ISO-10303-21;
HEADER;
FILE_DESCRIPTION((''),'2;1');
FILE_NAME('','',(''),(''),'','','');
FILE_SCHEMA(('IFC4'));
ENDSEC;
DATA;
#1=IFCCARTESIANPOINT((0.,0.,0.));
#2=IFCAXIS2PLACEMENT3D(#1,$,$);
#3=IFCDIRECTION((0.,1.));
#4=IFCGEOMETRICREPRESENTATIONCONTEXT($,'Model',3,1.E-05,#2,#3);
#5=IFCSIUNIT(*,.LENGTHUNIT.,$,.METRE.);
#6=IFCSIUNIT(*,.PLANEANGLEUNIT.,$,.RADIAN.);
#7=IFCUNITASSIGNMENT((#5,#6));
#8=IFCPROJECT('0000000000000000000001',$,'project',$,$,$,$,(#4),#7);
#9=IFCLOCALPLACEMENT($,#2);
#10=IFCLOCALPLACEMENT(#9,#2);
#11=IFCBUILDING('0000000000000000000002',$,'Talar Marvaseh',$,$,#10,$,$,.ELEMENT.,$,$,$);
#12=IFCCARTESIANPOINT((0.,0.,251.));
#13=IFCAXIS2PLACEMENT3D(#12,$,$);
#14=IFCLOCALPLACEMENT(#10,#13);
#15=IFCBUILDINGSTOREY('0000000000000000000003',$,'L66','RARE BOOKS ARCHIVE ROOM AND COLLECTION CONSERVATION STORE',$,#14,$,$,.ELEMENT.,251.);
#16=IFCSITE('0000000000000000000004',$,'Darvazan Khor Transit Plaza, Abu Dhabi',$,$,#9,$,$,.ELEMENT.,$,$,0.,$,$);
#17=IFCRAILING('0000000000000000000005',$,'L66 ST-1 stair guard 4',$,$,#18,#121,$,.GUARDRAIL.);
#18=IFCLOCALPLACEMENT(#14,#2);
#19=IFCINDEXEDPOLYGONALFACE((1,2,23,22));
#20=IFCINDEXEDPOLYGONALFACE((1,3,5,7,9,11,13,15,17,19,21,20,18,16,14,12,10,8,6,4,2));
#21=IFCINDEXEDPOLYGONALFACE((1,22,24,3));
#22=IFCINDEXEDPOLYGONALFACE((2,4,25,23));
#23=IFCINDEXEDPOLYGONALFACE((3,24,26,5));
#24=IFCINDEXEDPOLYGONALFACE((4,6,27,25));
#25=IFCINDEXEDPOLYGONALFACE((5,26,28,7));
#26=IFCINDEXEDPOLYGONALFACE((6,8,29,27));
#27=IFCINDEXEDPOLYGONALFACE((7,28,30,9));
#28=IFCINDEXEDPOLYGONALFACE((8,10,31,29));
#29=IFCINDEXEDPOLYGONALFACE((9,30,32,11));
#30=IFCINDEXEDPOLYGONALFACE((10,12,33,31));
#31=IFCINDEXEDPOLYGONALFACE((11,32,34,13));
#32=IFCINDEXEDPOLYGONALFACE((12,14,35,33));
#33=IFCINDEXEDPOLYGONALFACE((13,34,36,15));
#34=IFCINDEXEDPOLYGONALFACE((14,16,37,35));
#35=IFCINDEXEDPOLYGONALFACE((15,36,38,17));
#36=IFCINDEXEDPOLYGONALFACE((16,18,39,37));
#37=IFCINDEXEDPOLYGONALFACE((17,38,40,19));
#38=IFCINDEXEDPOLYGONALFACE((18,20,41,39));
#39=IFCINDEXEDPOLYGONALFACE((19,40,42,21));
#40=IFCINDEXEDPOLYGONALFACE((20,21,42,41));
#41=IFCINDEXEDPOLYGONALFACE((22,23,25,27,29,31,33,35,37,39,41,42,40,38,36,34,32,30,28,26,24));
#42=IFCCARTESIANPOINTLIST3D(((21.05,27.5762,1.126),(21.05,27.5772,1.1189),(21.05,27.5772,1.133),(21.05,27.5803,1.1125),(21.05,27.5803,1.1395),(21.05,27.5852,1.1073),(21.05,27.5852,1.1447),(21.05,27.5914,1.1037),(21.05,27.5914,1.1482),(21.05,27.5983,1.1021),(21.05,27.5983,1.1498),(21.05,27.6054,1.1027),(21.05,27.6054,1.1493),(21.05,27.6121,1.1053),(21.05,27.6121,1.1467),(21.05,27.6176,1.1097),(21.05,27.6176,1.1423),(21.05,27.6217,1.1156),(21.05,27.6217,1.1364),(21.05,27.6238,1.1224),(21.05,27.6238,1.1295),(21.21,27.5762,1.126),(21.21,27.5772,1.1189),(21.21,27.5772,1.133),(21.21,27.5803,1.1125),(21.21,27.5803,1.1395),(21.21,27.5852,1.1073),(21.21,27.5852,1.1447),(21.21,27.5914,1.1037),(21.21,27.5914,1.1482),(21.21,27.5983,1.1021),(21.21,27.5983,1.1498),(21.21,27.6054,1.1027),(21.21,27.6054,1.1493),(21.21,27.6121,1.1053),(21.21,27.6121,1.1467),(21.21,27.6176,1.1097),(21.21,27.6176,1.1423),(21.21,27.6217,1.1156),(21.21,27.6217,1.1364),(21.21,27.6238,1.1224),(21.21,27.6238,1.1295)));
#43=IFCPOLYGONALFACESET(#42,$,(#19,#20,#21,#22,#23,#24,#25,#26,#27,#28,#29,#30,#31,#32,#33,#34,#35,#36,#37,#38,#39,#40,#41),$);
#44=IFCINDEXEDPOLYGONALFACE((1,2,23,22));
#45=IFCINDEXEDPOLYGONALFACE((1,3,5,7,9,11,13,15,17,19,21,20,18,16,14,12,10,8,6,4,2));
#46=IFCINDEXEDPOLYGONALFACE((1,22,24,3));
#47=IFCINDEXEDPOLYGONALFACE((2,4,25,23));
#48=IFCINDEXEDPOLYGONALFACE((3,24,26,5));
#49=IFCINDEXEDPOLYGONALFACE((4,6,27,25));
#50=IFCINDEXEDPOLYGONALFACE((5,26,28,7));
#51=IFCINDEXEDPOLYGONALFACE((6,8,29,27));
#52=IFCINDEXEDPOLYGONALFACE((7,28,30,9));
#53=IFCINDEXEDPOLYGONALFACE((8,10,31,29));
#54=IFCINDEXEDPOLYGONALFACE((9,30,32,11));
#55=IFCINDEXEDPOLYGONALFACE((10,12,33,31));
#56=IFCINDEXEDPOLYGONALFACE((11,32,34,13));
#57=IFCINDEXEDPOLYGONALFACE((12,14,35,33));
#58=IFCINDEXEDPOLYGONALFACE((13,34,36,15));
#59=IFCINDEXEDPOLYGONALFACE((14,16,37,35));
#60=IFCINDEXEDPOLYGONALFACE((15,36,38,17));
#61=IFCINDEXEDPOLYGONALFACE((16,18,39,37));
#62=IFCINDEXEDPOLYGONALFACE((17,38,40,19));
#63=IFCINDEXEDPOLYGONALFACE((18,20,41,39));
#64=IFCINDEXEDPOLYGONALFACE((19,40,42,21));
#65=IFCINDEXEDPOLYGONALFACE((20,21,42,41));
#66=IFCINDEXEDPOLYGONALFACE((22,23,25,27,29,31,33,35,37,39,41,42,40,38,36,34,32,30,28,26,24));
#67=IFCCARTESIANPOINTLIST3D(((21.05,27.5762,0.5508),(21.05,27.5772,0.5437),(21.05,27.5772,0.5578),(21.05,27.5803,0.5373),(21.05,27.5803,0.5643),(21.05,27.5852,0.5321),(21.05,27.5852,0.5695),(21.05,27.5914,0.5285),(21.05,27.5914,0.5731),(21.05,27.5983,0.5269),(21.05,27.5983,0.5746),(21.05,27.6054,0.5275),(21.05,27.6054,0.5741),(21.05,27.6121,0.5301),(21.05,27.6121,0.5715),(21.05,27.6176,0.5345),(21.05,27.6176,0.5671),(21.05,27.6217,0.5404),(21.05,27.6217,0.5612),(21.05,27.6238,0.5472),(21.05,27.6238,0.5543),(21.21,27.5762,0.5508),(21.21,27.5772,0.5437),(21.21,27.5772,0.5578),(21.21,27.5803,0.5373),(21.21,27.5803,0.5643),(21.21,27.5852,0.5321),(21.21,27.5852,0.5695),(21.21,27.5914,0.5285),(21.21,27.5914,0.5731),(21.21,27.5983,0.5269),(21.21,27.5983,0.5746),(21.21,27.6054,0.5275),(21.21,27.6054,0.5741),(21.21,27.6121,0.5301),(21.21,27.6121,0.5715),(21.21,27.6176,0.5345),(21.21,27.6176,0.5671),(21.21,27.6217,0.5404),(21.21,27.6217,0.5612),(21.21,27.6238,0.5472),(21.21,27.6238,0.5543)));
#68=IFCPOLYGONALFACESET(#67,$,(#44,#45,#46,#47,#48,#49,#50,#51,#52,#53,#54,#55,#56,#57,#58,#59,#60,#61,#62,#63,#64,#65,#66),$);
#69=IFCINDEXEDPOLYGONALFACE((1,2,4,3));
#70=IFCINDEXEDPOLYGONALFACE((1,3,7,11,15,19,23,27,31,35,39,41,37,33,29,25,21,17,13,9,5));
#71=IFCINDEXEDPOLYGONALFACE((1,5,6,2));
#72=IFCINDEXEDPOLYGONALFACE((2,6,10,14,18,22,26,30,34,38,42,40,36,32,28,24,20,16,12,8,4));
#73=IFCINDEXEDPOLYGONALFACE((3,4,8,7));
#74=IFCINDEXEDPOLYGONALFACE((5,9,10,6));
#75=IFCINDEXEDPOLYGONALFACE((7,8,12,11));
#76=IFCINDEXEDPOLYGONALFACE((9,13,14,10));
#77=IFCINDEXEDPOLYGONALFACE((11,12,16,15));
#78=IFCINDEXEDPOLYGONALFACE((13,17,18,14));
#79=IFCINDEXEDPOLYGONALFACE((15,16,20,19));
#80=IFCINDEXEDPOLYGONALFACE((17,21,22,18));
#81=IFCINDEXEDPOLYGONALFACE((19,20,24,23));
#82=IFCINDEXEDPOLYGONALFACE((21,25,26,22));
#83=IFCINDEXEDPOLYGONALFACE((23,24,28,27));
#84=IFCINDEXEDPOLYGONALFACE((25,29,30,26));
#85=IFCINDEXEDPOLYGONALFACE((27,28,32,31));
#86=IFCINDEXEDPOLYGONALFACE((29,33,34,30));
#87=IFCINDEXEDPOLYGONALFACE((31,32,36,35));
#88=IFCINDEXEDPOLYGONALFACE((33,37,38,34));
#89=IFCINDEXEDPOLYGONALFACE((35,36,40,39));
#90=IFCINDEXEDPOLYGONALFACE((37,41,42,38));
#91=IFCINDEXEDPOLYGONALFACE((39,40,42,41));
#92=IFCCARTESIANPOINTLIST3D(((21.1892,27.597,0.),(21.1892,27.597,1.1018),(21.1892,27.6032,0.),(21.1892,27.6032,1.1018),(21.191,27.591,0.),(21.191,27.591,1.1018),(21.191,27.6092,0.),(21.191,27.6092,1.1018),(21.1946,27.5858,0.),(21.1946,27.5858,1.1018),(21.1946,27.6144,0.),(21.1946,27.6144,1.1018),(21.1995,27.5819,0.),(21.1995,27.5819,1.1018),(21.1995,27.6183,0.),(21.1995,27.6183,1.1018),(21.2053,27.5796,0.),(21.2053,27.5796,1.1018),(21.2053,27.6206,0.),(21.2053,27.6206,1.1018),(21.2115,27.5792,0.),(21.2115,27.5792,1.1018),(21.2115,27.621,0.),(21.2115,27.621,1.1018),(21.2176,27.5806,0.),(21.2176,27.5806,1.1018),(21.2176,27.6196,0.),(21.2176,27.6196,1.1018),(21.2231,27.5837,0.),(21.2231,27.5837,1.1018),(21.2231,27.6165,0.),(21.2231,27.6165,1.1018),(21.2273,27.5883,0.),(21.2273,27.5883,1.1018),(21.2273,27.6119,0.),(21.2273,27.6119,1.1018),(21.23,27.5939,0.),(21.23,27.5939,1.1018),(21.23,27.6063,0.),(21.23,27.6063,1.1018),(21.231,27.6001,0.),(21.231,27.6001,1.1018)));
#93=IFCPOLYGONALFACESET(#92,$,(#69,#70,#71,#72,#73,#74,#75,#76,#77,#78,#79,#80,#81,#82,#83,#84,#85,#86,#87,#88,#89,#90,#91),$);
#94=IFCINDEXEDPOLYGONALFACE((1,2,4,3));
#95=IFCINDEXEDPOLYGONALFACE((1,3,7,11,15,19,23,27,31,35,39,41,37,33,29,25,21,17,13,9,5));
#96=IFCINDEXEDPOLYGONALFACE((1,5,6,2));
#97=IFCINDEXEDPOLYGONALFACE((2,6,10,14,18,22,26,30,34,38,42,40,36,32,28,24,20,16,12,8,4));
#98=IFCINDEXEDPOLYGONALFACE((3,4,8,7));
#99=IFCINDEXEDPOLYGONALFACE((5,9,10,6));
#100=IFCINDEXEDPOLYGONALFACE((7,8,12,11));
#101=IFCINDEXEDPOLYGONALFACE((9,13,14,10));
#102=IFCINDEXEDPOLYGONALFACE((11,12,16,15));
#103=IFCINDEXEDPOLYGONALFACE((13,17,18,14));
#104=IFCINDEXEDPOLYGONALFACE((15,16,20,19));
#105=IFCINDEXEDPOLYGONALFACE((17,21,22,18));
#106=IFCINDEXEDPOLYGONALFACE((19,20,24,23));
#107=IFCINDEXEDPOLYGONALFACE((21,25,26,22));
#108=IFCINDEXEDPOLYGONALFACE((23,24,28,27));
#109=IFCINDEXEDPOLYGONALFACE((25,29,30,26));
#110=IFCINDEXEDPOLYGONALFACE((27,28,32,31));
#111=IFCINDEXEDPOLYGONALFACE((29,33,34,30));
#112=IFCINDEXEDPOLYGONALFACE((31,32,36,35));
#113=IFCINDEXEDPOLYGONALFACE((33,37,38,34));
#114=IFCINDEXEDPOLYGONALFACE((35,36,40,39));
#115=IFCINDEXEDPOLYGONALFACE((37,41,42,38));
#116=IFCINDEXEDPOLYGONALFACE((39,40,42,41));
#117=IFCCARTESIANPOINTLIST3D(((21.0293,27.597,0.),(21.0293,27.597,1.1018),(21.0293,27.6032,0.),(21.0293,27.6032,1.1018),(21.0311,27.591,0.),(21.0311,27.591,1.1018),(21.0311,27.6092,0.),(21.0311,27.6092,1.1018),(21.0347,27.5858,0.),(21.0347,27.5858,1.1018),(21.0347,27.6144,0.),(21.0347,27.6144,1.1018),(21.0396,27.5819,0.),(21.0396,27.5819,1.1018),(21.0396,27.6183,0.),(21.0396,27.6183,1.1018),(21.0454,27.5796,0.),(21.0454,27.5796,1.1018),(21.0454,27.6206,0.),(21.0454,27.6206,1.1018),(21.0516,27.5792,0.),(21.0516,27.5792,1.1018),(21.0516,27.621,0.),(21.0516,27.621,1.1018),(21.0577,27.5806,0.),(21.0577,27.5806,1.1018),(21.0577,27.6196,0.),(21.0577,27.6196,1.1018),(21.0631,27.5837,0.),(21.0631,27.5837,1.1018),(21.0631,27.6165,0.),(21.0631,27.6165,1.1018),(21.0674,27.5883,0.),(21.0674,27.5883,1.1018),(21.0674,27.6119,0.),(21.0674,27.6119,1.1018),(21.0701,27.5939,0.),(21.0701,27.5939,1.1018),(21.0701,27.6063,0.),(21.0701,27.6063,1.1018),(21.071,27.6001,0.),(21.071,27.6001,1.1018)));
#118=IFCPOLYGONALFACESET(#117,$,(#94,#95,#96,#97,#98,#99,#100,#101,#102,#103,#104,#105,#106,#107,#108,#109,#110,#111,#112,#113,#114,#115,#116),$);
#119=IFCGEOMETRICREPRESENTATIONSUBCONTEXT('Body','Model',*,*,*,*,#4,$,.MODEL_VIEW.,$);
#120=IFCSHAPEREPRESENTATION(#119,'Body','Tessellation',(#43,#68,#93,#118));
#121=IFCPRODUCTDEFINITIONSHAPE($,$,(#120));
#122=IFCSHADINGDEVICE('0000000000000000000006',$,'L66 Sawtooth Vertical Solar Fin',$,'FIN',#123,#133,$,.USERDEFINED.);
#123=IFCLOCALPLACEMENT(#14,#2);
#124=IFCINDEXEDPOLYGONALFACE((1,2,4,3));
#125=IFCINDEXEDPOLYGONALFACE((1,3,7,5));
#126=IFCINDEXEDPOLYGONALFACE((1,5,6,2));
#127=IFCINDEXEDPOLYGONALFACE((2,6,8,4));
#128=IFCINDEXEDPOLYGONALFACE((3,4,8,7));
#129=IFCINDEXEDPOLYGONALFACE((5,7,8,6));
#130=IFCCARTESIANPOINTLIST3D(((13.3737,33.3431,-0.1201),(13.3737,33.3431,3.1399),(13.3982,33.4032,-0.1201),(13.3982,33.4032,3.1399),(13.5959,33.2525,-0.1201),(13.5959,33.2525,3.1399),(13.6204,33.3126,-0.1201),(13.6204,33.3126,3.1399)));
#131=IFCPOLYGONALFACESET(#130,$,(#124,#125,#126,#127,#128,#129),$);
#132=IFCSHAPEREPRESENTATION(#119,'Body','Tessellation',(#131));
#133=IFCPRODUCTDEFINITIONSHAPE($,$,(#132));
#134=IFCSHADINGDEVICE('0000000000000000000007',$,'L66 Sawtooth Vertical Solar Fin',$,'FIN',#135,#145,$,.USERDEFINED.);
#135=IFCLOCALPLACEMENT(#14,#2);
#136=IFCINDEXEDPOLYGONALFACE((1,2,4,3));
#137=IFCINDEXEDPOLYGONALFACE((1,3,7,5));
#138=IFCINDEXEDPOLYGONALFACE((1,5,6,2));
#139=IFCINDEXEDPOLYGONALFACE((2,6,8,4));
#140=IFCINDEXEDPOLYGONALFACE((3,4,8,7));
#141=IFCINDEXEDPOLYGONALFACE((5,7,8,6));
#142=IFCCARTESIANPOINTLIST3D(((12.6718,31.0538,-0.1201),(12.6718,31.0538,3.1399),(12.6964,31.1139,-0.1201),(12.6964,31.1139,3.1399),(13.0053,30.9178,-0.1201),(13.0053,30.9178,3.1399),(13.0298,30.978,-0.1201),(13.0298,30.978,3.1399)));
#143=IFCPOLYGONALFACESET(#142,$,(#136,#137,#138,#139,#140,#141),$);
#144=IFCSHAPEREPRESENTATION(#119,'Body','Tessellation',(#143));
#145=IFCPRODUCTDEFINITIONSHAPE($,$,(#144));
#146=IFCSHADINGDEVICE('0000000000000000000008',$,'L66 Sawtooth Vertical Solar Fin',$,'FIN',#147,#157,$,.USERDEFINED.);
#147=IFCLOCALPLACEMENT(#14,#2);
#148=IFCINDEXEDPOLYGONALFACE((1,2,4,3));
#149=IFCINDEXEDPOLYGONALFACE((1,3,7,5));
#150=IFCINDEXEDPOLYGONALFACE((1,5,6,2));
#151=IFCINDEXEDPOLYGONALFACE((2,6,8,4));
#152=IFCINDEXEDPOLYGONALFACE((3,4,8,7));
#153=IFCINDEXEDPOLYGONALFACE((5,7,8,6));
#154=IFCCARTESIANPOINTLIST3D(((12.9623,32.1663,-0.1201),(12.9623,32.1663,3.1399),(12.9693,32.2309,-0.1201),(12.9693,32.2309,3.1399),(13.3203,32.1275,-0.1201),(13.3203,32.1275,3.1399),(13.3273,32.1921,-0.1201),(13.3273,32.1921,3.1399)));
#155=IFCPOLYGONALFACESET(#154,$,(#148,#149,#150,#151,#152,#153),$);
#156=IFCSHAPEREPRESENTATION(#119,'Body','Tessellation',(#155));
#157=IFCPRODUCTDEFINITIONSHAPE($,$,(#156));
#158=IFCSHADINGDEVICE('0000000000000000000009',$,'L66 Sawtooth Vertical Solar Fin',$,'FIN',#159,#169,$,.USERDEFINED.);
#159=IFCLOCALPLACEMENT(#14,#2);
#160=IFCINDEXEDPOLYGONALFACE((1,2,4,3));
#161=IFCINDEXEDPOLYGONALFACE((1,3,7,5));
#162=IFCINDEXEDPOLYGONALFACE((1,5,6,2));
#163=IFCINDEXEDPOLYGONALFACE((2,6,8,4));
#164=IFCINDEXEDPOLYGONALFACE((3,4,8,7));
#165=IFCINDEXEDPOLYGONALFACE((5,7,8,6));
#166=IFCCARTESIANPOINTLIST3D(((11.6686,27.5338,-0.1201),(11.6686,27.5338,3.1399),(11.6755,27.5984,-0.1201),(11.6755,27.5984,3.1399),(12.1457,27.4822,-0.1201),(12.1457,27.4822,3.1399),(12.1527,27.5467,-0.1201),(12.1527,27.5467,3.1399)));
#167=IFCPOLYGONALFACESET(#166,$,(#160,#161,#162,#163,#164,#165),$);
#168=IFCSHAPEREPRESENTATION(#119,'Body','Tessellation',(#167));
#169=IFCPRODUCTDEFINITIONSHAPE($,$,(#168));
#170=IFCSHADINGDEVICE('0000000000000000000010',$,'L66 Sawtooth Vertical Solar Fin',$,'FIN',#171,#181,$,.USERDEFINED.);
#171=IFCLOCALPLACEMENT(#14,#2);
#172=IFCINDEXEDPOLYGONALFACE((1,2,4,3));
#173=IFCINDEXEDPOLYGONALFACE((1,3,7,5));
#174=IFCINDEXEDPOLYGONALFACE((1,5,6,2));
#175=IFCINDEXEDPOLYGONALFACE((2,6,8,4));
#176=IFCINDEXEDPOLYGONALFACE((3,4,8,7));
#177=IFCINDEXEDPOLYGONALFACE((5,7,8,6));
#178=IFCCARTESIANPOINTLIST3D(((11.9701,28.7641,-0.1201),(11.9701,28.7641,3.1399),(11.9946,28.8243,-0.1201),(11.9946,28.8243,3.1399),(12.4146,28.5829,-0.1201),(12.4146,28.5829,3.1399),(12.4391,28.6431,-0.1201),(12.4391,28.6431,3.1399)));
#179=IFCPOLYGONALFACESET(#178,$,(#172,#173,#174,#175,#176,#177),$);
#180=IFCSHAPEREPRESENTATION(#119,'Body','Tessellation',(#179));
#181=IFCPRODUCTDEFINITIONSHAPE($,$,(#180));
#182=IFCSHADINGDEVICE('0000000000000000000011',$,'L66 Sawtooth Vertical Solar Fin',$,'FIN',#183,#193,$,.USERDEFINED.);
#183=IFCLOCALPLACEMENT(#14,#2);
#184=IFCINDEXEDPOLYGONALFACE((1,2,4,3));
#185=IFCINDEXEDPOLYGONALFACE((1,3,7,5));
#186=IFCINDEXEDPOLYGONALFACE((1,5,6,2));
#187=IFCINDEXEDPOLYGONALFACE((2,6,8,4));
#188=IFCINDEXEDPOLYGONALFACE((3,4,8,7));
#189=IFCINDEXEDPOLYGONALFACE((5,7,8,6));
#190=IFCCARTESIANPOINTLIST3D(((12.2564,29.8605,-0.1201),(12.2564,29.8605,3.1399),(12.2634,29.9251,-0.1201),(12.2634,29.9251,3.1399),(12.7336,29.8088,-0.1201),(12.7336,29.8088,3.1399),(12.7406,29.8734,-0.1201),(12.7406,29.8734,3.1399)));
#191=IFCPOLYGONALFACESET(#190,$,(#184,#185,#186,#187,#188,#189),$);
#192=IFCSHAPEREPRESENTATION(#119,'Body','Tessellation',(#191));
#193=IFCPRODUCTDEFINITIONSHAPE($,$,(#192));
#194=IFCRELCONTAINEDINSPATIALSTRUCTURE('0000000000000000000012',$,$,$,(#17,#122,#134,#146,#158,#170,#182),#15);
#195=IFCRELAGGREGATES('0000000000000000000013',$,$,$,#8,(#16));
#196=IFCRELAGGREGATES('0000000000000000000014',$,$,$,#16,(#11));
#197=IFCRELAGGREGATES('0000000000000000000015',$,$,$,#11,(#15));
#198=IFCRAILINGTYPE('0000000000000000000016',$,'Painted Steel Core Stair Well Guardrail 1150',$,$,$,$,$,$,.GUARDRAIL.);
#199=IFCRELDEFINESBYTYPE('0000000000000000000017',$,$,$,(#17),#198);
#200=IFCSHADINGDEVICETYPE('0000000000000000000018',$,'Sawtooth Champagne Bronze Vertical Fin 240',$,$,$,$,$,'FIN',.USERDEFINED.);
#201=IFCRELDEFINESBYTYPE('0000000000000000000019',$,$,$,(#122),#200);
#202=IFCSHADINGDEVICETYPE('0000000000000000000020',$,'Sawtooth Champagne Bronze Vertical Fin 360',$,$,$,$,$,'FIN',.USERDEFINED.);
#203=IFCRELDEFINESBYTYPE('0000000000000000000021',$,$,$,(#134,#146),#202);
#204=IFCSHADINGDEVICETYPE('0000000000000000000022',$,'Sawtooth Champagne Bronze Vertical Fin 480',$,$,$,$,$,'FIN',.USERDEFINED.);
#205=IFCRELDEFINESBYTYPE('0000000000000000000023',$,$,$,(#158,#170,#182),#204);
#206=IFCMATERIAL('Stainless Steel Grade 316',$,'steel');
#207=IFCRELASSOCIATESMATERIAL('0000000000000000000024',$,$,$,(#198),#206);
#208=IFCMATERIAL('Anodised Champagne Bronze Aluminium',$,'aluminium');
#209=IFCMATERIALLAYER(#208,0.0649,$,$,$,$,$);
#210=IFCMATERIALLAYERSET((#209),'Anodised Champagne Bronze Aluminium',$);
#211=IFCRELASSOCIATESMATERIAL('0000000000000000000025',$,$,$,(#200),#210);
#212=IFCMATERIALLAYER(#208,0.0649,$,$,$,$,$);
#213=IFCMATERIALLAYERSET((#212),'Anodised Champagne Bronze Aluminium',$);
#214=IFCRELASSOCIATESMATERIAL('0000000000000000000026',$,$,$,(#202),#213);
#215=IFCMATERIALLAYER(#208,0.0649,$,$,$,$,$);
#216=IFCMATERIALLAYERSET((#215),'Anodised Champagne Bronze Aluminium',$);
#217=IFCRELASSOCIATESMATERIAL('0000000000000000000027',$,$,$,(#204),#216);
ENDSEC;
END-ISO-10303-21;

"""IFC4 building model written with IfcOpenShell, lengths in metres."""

from ifc_helpers import new_model, si_unit, direction, frame, origin, origin_2d, place, context, subcontext, project, spatial, rectangle, circle, extrude, source, transform, mapped, material, layer, layer_set, type_object, type_shapes, element, save


model = new_model("IFC4")

# Units and contexts
model_context = context("Model", 3, precision=1e-05, world=origin(), true_north=direction((0.0, 1.0)))
body_context = subcontext(model_context, "Body", "Model", "MODEL_VIEW")
ifc_project = project(units=[si_unit("LENGTHUNIT", "METRE"), si_unit("PLANEANGLEUNIT", "RADIAN")], contexts=[model_context])

# Site, building, storey
site_placement = place(None, origin())
site = spatial("IfcSite", under=ifc_project, at=site_placement, Name="Darvazan Khor Transit Plaza, Abu Dhabi", CompositionType="ELEMENT", RefElevation=0.0)
building_placement = place(site_placement, origin())
building = spatial("IfcBuilding", under=site, at=building_placement, Name="Talar Marvaseh", CompositionType="ELEMENT")
storey_placement = place(building_placement, frame((0.0, 0.0, 251.0)))
storey = spatial("IfcBuildingStorey", under=building, at=storey_placement, Name="L66", Description="RARE BOOKS ARCHIVE ROOM AND COLLECTION CONSERVATION STORE", CompositionType="ELEMENT", Elevation=251.0)

# Railing
ifc_material_1 = material(Name="Stainless Steel Grade 316", Category="steel")
railing_type_1 = type_object("IfcRailingType", Name="Painted Steel Core Stair Well Guardrail 1150", PredefinedType="GUARDRAIL", material=ifc_material_1)
railing_1_placement = place(storey_placement, frame((21.21, 27.6001, 0.0)))
element("IfcRailing", 1, at=railing_1_placement, inside=storey, type_object=railing_type_1, Name="L66 ST-1 stair guard 4", PredefinedType="GUARDRAIL", context=body_context, shape_type="SweptSolid", body=[
    extrude(circle(Radius=0.0239, at=origin_2d()), frame((0.0, 0.0, 1.126), z_axis=(-1.0, 0.0, 0.0), x_axis=(0.0, -1.0, 0.0)), (0.0, 0.0, 1.0), 0.1599),
    extrude(circle(Radius=0.0239, at=origin_2d()), frame((0.0, 0.0, 0.5508), z_axis=(-1.0, 0.0, 0.0), x_axis=(0.0, -1.0, 0.0)), (0.0, 0.0, 1.0), 0.1599),
    extrude(circle(Radius=0.021, at=origin_2d()), origin(), (0.0, 0.0, 1.0), 1.1018),
    extrude(circle(Radius=0.021, at=origin_2d()), frame((-0.1599, 0.0, 0.0)), (0.0, 0.0, 1.0), 1.1018),
])

# Shading devices
ifc_material_2 = material(Name="Anodised Champagne Bronze Aluminium", Category="aluminium")
ifc_layer_1 = layer(ifc_material_2, 0.0649)
ifc_layer_set_1 = layer_set([ifc_layer_1], Name="Anodised Champagne Bronze Aluminium")
shading_device_type_1 = type_object("IfcShadingDeviceType", Name="Sawtooth Champagne Bronze Vertical Fin 240", ElementType="FIN", PredefinedType="USERDEFINED", material=ifc_layer_set_1)
shared_shape_1 = source(origin(), body_context, "Body", "SweptSolid", [
    extrude(rectangle(XDim=0.24, YDim=0.0649, at=origin_2d()), origin(), (0.0, 0.0, 1.0), 3.26),
])
type_shapes(shading_device_type_1, [shared_shape_1])
shading_device_placement = place(storey_placement, frame((13.4971, 33.3279, -0.1201), z_axis=(0.0, 0.0, 1.0), x_axis=(-0.926002, 0.377518, 0.0)))
element("IfcShadingDevice", 2, at=shading_device_placement, inside=storey, type_object=shading_device_type_1, Name="L66 Sawtooth Vertical Solar Fin", ObjectType="FIN", PredefinedType="USERDEFINED", context=body_context, shape_type="MappedRepresentation", body=[
    mapped(shared_shape_1, transform((0.0, 0.0, 0.0), x_axis=(1.0, 0.0, 0.0), y_axis=(0.0, 1.0, 0.0), z_axis=(0.0, 0.0, 1.0), scale=1.0)),
])
ifc_layer_2 = layer(ifc_material_2, 0.0649)
ifc_layer_set_2 = layer_set([ifc_layer_2], Name="Anodised Champagne Bronze Aluminium")
shading_device_type_2 = type_object("IfcShadingDeviceType", Name="Sawtooth Champagne Bronze Vertical Fin 360", ElementType="FIN", PredefinedType="USERDEFINED", material=ifc_layer_set_2)
shared_shape_2 = source(origin(), body_context, "Body", "SweptSolid", [
    extrude(rectangle(XDim=0.3601, YDim=0.0649, at=origin_2d()), origin(), (0.0, 0.0, 1.0), 3.26),
])
type_shapes(shading_device_type_2, [shared_shape_2])
for number, where, z_axis, x_axis, name in (
    (3, (12.8508, 31.0159, -0.1201), (0.0, 0.0, 1.0), (-0.926002, 0.377518, 0.0), "L66 Sawtooth Vertical Solar Fin"),
    (4, (13.1448, 32.1792, -0.1201), (0.0, 0.0, 1.0), (-0.994189, 0.107652, 0.0), "L66 Sawtooth Vertical Solar Fin"),
):
    element("IfcShadingDevice", number, at=place(storey_placement, frame(where, z_axis=z_axis, x_axis=x_axis)), inside=storey, type_object=shading_device_type_2, Name=name, ObjectType="FIN", PredefinedType="USERDEFINED", context=body_context, shape_type="MappedRepresentation", body=[
        mapped(shared_shape_2, transform((0.0, 0.0, 0.0), x_axis=(1.0, 0.0, 0.0), y_axis=(0.0, 1.0, 0.0), z_axis=(0.0, 0.0, 1.0), scale=1.0)),
    ])
ifc_layer_3 = layer(ifc_material_2, 0.0649)
ifc_layer_set_3 = layer_set([ifc_layer_3], Name="Anodised Champagne Bronze Aluminium")
shading_device_type_3 = type_object("IfcShadingDeviceType", Name="Sawtooth Champagne Bronze Vertical Fin 480", ElementType="FIN", PredefinedType="USERDEFINED", material=ifc_layer_set_3)
shared_shape_3 = source(origin(), body_context, "Body", "SweptSolid", [
    extrude(rectangle(XDim=0.48, YDim=0.0649, at=origin_2d()), origin(), (0.0, 0.0, 1.0), 3.26),
])
type_shapes(shading_device_type_3, [shared_shape_3])
for number, where, z_axis, x_axis, name in (
    (5, (11.9106, 27.5403, -0.1201), (0.0, 0.0, 1.0), (-0.994189, 0.107652, 0.0), "L66 Sawtooth Vertical Solar Fin"),
    (6, (12.2046, 28.7036, -0.1201), (0.0, 0.0, 1.0), (-0.926002, 0.377518, 0.0), "L66 Sawtooth Vertical Solar Fin"),
    (7, (12.4985, 29.8669, -0.1201), (0.0, 0.0, 1.0), (-0.994189, 0.107652, 0.0), "L66 Sawtooth Vertical Solar Fin"),
):
    element("IfcShadingDevice", number, at=place(storey_placement, frame(where, z_axis=z_axis, x_axis=x_axis)), inside=storey, type_object=shading_device_type_3, Name=name, ObjectType="FIN", PredefinedType="USERDEFINED", context=body_context, shape_type="MappedRepresentation", body=[
        mapped(shared_shape_3, transform((0.0, 0.0, 0.0), x_axis=(1.0, 0.0, 0.0), y_axis=(0.0, 1.0, 0.0), z_axis=(0.0, 0.0, 1.0), scale=1.0)),
    ])

save(model, "model.ifc")
